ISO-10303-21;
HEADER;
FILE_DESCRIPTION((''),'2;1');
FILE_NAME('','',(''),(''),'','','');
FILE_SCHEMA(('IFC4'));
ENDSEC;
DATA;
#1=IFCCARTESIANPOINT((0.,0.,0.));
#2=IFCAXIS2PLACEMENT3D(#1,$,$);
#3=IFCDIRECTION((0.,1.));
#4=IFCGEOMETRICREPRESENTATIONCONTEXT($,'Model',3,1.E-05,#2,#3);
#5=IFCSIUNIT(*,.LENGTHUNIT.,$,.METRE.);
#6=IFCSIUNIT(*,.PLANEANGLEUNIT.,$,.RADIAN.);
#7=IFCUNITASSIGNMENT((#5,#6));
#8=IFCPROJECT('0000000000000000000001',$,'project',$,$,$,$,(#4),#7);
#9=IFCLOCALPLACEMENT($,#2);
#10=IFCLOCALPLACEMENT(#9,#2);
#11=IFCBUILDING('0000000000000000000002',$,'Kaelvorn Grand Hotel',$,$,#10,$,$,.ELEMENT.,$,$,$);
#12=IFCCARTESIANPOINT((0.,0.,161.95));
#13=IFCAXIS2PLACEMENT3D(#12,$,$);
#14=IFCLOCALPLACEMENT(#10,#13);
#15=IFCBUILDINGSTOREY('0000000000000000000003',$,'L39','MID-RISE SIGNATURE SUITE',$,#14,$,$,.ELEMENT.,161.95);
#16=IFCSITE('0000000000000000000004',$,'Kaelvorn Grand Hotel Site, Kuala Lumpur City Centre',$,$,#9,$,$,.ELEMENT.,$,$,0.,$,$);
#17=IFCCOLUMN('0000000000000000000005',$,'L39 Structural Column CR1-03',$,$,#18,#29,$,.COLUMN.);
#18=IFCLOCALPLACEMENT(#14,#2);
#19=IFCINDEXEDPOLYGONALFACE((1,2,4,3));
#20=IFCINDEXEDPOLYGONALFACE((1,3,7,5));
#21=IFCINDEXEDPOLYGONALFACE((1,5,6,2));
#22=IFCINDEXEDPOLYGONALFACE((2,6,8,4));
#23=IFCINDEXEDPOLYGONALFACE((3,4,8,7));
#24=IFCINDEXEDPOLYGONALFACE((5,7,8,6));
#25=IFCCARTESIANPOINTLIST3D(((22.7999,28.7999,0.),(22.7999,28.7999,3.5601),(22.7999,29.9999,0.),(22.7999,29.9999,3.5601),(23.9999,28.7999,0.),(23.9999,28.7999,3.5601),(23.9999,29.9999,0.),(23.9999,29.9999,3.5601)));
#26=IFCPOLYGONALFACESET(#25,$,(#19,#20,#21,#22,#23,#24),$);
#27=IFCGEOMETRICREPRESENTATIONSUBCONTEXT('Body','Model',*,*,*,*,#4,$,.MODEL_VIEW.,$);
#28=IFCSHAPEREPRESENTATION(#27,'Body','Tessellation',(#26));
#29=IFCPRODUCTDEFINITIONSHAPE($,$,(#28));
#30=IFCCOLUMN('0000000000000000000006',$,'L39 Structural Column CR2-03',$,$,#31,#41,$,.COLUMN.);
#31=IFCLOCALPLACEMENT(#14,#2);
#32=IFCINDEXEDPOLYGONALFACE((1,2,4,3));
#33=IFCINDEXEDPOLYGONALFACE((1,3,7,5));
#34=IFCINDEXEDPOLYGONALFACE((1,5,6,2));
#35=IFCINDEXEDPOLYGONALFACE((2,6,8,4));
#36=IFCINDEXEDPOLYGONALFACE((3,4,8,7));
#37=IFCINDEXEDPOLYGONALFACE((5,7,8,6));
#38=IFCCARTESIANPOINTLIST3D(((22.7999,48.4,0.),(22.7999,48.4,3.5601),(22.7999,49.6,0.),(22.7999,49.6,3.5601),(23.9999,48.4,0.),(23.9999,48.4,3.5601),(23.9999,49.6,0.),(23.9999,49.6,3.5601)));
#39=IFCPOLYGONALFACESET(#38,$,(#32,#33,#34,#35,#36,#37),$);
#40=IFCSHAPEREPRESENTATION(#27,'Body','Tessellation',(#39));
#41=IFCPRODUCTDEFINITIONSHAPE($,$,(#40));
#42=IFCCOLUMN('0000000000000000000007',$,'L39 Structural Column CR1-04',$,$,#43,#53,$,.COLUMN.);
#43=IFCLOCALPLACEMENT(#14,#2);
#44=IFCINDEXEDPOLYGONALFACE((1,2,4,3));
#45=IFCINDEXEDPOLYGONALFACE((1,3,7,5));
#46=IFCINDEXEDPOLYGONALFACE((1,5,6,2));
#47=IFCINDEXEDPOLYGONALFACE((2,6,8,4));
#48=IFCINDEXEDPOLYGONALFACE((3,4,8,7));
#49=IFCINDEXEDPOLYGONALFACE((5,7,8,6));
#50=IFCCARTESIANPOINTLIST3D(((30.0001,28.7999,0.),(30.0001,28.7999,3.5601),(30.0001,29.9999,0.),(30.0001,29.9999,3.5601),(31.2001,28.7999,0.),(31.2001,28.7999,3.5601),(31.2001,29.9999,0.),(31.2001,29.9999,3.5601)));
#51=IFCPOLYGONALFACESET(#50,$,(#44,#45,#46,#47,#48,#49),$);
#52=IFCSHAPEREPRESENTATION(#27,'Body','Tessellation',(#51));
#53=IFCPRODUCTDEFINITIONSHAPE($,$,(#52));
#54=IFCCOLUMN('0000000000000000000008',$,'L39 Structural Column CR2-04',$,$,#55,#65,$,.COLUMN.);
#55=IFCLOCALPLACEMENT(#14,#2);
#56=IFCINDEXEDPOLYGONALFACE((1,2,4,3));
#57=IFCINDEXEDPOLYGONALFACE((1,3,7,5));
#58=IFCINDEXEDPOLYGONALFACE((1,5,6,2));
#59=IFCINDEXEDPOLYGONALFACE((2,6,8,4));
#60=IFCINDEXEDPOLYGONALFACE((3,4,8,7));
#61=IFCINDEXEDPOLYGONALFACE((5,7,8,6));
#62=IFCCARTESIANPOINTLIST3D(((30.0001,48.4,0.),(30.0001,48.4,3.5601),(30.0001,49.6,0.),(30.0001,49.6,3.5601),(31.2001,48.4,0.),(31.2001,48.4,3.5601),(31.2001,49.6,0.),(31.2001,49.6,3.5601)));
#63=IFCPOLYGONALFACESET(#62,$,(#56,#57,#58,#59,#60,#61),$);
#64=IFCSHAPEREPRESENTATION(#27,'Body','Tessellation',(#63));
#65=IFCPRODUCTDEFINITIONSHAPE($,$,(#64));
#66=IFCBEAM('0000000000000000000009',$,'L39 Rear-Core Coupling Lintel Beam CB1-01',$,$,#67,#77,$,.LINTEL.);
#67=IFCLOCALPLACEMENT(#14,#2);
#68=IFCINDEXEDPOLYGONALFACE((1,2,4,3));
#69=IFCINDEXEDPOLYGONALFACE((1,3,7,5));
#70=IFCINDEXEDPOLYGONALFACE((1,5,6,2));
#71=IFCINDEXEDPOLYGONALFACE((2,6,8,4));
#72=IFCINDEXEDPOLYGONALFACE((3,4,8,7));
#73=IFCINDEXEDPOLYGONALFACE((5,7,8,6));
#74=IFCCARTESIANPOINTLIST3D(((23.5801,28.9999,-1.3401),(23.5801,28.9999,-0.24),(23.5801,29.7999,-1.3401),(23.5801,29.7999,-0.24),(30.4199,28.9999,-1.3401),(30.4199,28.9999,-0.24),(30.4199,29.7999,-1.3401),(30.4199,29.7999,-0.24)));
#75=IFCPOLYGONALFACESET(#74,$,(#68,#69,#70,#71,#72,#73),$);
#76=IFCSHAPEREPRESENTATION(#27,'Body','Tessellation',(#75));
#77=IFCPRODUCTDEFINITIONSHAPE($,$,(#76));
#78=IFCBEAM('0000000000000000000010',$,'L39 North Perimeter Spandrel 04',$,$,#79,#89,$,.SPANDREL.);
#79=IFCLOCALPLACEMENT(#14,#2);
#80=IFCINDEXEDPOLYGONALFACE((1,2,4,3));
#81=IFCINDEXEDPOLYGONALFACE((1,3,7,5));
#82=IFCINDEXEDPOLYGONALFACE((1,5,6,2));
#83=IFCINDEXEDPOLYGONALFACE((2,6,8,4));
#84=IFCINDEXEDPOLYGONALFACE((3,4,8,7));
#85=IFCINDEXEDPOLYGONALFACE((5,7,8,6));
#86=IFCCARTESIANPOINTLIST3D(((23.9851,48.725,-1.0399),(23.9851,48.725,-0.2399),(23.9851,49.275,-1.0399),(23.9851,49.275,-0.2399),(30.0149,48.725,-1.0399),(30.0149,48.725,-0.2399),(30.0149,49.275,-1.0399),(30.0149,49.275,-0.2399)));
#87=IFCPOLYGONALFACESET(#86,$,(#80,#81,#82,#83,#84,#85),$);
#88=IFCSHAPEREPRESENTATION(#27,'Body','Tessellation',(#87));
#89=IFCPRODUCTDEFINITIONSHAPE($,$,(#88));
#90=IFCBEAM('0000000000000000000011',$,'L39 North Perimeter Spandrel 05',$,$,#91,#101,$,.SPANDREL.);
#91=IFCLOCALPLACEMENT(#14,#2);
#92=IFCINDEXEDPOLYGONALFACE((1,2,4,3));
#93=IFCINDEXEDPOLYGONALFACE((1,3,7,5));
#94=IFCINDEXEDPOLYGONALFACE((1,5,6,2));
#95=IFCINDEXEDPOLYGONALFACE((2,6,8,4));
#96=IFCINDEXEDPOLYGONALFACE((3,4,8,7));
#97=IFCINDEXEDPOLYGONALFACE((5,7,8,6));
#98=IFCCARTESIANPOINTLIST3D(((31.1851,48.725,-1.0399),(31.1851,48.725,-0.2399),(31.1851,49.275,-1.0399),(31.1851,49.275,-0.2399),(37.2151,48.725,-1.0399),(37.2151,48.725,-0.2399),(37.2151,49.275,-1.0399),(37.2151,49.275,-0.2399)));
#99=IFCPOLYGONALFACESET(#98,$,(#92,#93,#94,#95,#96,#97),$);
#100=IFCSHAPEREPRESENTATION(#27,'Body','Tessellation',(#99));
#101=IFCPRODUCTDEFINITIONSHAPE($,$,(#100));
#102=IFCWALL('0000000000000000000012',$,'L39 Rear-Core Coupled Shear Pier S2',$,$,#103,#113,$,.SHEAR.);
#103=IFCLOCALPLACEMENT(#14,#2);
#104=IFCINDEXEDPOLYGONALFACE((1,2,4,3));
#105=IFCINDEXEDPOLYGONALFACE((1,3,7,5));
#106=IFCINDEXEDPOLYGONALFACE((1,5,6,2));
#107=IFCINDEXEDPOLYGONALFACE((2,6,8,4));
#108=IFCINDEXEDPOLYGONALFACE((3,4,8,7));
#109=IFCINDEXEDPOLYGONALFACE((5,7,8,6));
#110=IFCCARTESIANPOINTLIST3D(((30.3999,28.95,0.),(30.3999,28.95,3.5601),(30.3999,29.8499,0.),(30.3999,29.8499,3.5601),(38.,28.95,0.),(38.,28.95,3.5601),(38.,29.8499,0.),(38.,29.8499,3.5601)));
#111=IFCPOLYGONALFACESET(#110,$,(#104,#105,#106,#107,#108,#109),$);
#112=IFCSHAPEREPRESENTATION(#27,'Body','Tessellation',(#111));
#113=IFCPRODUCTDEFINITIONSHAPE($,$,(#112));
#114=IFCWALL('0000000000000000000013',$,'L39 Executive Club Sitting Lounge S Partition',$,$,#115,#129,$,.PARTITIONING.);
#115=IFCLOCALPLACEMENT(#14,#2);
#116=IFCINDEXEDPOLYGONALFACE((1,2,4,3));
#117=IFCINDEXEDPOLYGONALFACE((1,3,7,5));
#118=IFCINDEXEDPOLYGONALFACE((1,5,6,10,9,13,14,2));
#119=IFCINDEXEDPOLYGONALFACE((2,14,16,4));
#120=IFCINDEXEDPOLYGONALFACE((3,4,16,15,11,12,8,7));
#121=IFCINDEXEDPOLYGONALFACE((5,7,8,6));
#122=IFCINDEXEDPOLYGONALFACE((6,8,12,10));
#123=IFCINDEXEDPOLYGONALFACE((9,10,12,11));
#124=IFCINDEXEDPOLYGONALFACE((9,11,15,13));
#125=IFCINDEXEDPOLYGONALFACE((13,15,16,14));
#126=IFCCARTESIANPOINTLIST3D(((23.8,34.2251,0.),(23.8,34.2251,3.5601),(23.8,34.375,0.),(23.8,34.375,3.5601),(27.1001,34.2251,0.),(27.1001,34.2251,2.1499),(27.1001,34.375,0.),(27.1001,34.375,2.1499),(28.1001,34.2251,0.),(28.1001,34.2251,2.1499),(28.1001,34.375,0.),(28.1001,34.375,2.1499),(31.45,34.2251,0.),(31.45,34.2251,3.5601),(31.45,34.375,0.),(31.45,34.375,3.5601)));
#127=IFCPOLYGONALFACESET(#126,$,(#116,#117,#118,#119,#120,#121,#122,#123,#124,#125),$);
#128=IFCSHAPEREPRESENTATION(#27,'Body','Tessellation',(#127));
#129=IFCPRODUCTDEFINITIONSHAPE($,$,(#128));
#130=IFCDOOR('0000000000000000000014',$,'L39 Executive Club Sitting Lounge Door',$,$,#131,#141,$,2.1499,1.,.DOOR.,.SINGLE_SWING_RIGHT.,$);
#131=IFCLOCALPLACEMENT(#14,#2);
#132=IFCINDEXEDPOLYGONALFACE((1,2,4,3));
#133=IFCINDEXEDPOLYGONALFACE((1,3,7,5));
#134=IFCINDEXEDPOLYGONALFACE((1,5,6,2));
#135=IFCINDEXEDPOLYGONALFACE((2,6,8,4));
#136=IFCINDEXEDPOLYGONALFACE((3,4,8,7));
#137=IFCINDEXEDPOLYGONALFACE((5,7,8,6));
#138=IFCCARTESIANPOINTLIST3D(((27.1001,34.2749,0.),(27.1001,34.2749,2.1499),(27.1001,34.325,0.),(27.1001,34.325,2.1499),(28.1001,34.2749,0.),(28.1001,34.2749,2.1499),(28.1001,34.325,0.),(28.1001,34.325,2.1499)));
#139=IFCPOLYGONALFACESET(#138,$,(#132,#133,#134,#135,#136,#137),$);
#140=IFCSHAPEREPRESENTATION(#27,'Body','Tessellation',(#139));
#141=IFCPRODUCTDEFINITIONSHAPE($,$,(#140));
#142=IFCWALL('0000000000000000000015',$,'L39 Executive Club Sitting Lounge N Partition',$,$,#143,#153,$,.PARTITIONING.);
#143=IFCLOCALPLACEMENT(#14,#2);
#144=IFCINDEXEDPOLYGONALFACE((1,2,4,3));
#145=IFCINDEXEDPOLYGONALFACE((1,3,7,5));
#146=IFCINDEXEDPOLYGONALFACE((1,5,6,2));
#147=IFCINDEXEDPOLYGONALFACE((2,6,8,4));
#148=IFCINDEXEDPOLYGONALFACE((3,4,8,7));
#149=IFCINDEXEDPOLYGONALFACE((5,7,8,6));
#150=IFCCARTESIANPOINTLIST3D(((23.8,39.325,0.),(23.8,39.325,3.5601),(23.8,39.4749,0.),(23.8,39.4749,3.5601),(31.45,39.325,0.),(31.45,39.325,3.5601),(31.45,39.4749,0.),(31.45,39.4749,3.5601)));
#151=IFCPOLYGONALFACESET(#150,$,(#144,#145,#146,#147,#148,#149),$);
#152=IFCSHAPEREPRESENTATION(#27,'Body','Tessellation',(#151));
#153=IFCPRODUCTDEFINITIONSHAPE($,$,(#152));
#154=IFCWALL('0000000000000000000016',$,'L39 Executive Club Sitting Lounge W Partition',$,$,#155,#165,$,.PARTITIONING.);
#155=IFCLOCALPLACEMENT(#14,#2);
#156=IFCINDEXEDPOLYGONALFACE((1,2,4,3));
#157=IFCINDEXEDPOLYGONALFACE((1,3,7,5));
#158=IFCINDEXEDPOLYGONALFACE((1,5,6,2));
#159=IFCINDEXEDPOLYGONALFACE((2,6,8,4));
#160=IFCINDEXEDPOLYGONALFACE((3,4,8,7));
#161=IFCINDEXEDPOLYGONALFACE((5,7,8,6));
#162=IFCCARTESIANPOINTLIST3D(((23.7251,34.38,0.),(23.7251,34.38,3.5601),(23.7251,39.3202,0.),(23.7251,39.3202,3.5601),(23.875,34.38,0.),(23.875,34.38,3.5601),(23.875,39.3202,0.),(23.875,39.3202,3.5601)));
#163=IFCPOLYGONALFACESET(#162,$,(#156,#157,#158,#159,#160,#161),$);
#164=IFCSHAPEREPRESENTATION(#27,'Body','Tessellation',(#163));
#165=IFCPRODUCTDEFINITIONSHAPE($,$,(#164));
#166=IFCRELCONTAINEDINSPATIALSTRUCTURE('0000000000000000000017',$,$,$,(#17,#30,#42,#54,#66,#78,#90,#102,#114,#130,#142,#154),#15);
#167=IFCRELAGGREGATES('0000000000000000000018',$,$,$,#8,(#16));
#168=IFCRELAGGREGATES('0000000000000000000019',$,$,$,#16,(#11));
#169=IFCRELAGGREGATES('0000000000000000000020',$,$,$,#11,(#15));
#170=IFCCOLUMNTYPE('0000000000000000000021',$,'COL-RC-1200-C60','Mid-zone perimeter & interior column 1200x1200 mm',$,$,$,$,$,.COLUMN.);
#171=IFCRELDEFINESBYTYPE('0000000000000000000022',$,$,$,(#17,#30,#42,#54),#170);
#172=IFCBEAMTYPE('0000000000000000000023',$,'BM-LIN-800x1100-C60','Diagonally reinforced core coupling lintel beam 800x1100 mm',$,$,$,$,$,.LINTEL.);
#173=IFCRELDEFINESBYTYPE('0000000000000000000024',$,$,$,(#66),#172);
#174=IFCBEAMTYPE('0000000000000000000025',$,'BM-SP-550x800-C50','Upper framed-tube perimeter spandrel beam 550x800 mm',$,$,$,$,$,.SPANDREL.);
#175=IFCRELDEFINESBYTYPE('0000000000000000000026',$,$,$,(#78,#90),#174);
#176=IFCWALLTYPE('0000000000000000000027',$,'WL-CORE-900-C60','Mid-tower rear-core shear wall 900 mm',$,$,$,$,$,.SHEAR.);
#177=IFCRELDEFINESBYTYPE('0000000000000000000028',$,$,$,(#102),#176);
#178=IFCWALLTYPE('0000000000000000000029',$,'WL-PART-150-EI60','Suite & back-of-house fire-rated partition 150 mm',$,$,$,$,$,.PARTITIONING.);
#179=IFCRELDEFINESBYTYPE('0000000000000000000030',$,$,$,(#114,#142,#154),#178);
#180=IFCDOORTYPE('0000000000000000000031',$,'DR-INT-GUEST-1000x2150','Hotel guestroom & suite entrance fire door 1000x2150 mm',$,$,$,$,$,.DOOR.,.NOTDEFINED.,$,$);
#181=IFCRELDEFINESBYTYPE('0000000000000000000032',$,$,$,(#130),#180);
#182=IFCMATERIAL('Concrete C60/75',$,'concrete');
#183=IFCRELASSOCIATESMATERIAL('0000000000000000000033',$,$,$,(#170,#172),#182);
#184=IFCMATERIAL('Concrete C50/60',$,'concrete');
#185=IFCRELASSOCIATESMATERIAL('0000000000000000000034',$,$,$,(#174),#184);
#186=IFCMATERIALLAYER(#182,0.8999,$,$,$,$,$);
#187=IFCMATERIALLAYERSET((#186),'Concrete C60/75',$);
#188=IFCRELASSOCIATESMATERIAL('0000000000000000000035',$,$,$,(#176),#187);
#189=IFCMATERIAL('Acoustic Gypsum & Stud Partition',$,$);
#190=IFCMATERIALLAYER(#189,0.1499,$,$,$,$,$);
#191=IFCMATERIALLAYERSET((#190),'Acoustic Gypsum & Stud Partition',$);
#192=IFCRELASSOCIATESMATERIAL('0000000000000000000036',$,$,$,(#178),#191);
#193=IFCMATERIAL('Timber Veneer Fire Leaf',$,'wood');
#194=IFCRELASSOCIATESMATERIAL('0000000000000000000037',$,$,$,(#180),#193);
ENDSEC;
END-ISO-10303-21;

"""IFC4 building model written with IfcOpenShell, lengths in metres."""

from ifc_helpers import new_model, si_unit, direction, frame, frame_2d, origin, origin_2d, place, context, subcontext, project, spatial, rectangle, extrude, material, layer, layer_set, material_profile, profile_set, type_object, element, fill, save


model = new_model("IFC4")

# Units and contexts
model_context = context("Model", 3, precision=1e-05, world=origin(), true_north=direction((0.0, 1.0)))
body_context = subcontext(model_context, "Body", "Model", "MODEL_VIEW")
ifc_project = project(units=[si_unit("LENGTHUNIT", "METRE"), si_unit("PLANEANGLEUNIT", "RADIAN")], contexts=[model_context])

# Site, building, storey
site_placement = place(None, origin())
site = spatial("IfcSite", under=ifc_project, at=site_placement, Name="Kaelvorn Grand Hotel Site, Kuala Lumpur City Centre", CompositionType="ELEMENT", RefElevation=0.0)
building_placement = place(site_placement, origin())
building = spatial("IfcBuilding", under=site, at=building_placement, Name="Kaelvorn Grand Hotel", CompositionType="ELEMENT")
storey_placement = place(building_placement, frame((0.0, 0.0, 161.95)))
storey = spatial("IfcBuildingStorey", under=building, at=storey_placement, Name="L39", Description="MID-RISE SIGNATURE SUITE", CompositionType="ELEMENT", Elevation=161.95)

# Columns
ifc_material_1 = material(Name="Concrete C60/75", Category="concrete")
ifc_material_profile_1 = material_profile(ifc_material_1, rectangle(XDim=1.2, YDim=1.2, at=origin_2d()), Name="RC COL 1200x1200")
ifc_profile_set_1 = profile_set([ifc_material_profile_1], Name="Concrete C60/75")
column_type = type_object("IfcColumnType", Name="COL-RC-1200-C60", Description="Mid-zone perimeter & interior column 1200x1200 mm", PredefinedType="COLUMN", material=ifc_profile_set_1)
for number, where, z_axis, x_axis, name in (
    (1, (23.3999, 29.3999, 0.0), (0.0, 0.0, 1.0), (1.0, 0.0, 0.0), "L39 Structural Column CR1-03"),
    (2, (23.3999, 49.0, 0.0), (0.0, 0.0, 1.0), (1.0, 0.0, 0.0), "L39 Structural Column CR2-03"),
    (3, (30.6001, 29.3999, 0.0), (0.0, 0.0, 1.0), (1.0, 0.0, 0.0), "L39 Structural Column CR1-04"),
    (4, (30.6001, 49.0, 0.0), (0.0, 0.0, 1.0), (1.0, 0.0, 0.0), "L39 Structural Column CR2-04"),
):
    element("IfcColumn", number, at=place(storey_placement, frame(where, z_axis=z_axis, x_axis=x_axis)), inside=storey, type_object=column_type, Name=name, PredefinedType="COLUMN", context=body_context, shape_type="SweptSolid", body=[
        extrude(rectangle(XDim=1.2, YDim=1.2, at=origin_2d()), origin(), (0.0, 0.0, 1.0), 3.5601),
    ])

# Beams
ifc_material_profile_2 = material_profile(ifc_material_1, rectangle(XDim=0.8, YDim=1.1001, at=origin_2d()), Name="RC LINTEL 800x1100")
ifc_profile_set_2 = profile_set([ifc_material_profile_2], Name="Concrete C60/75")
beam_type_1 = type_object("IfcBeamType", Name="BM-LIN-800x1100-C60", Description="Diagonally reinforced core coupling lintel beam 800x1100 mm", PredefinedType="LINTEL", material=ifc_profile_set_2)
beam_1_placement = place(storey_placement, frame((23.5801, 29.3999, -0.79), z_axis=(1.0, 0.0, 0.0), x_axis=(0.0, 1.0, 0.0)))
element("IfcBeam", 5, at=beam_1_placement, inside=storey, type_object=beam_type_1, Name="L39 Rear-Core Coupling Lintel Beam CB1-01", PredefinedType="LINTEL", context=body_context, shape_type="SweptSolid", body=[
    extrude(rectangle(XDim=0.8, YDim=1.1001, at=origin_2d()), origin(), (0.0, 0.0, 1.0), 6.8398),
])
ifc_material_2 = material(Name="Concrete C50/60", Category="concrete")
ifc_material_profile_3 = material_profile(ifc_material_2, rectangle(XDim=0.55, YDim=0.8, at=origin_2d()), Name="RC SPANDREL 550x800")
ifc_profile_set_3 = profile_set([ifc_material_profile_3], Name="Concrete C50/60")
beam_type_2 = type_object("IfcBeamType", Name="BM-SP-550x800-C50", Description="Upper framed-tube perimeter spandrel beam 550x800 mm", PredefinedType="SPANDREL", material=ifc_profile_set_3)
beam_2_placement = place(storey_placement, frame((23.9851, 49.0, -0.6399), z_axis=(1.0, 0.0, 0.0), x_axis=(0.0, 1.0, 0.0)))
element("IfcBeam", 6, at=beam_2_placement, inside=storey, type_object=beam_type_2, Name="L39 North Perimeter Spandrel 04", PredefinedType="SPANDREL", context=body_context, shape_type="SweptSolid", body=[
    extrude(rectangle(XDim=0.55, YDim=0.8, at=origin_2d()), origin(), (0.0, 0.0, 1.0), 6.0298),
])
beam_3_placement = place(storey_placement, frame((31.1851, 49.0, -0.6399), z_axis=(1.0, 0.0, 0.0), x_axis=(0.0, 1.0, 0.0)))
element("IfcBeam", 7, at=beam_3_placement, inside=storey, type_object=beam_type_2, Name="L39 North Perimeter Spandrel 05", PredefinedType="SPANDREL", context=body_context, shape_type="SweptSolid", body=[
    extrude(rectangle(XDim=0.55, YDim=0.8, at=origin_2d()), origin(), (0.0, 0.0, 1.0), 6.03),
])

# Wall
ifc_layer_1 = layer(ifc_material_1, 0.8999)
ifc_layer_set_1 = layer_set([ifc_layer_1], Name="Concrete C60/75")
wall_type_1 = type_object("IfcWallType", Name="WL-CORE-900-C60", Description="Mid-tower rear-core shear wall 900 mm", PredefinedType="SHEAR", material=ifc_layer_set_1)
wall_1_placement = place(storey_placement, frame((30.3999, 29.3999, 0.0), z_axis=(0.0, 0.0, 1.0), x_axis=(1.0, 0.0, 0.0)))
element("IfcWall", 8, at=wall_1_placement, inside=storey, type_object=wall_type_1, Name="L39 Rear-Core Coupled Shear Pier S2", PredefinedType="SHEAR", context=body_context, shape_type="SweptSolid", body=[
    extrude(rectangle(XDim=7.6001, YDim=0.8999, at=frame_2d((3.8, 0.0))), origin(), (0.0, 0.0, 1.0), 3.5601),
])

# Wall, opening, door
ifc_material_3 = material(Name="Acoustic Gypsum & Stud Partition")
ifc_layer_2 = layer(ifc_material_3, 0.1499)
ifc_layer_set_2 = layer_set([ifc_layer_2], Name="Acoustic Gypsum & Stud Partition")
wall_type_2 = type_object("IfcWallType", Name="WL-PART-150-EI60", Description="Suite & back-of-house fire-rated partition 150 mm", PredefinedType="PARTITIONING", material=ifc_layer_set_2)
wall_2_placement = place(storey_placement, frame((23.8, 34.3, 0.0), z_axis=(0.0, 0.0, 1.0), x_axis=(1.0, 0.0, 0.0)))
wall_2 = element("IfcWall", 9, at=wall_2_placement, inside=storey, type_object=wall_type_2, Name="L39 Executive Club Sitting Lounge S Partition", PredefinedType="PARTITIONING", context=body_context, shape_type="SweptSolid", body=[
    extrude(rectangle(XDim=7.6499, YDim=0.1499, at=frame_2d((3.825, 0.0))), origin(), (0.0, 0.0, 1.0), 3.5601),
])
opening_1_placement = place(wall_2_placement, frame((3.3, 0.0, 0.0)))
opening_1 = element("IfcOpeningElement", 10, at=opening_1_placement, cuts=wall_2, PredefinedType="OPENING", context=body_context, shape_type="SweptSolid", body=[
    extrude(rectangle(XDim=1.0, YDim=2.1499, at=frame_2d((0.5, 1.075))), frame((0.0, 0.085, 0.0), z_axis=(0.0, -1.0, 0.0), x_axis=(1.0, 0.0, 0.0)), (0.0, 0.0, 1.0), 0.1699),
])
ifc_material_4 = material(Name="Timber Veneer Fire Leaf", Category="wood")
door_type_1 = type_object("IfcDoorType", Name="DR-INT-GUEST-1000x2150", Description="Hotel guestroom & suite entrance fire door 1000x2150 mm", OperationType="NOTDEFINED", PredefinedType="DOOR", material=ifc_material_4)
door_1_placement = place(opening_1_placement, origin())
door_1 = element("IfcDoor", 11, at=door_1_placement, inside=storey, type_object=door_type_1, Name="L39 Executive Club Sitting Lounge Door", OperationType="SINGLE_SWING_RIGHT", OverallHeight=2.1499, OverallWidth=1.0, PredefinedType="DOOR", context=body_context, shape_type="SweptSolid", body=[
    extrude(rectangle(XDim=1.0, YDim=2.1499, at=frame_2d((0.5, 1.075))), frame((0.0, 0.0249, 0.0), z_axis=(0.0, -1.0, 0.0), x_axis=(1.0, 0.0, 0.0)), (0.0, 0.0, 1.0), 0.05),
])
fill(opening_1, door_1)

# Walls
wall_3_placement = place(storey_placement, frame((23.8, 39.3999, 0.0), z_axis=(0.0, 0.0, 1.0), x_axis=(1.0, 0.0, 0.0)))
element("IfcWall", 12, at=wall_3_placement, inside=storey, type_object=wall_type_2, Name="L39 Executive Club Sitting Lounge N Partition", PredefinedType="PARTITIONING", context=body_context, shape_type="SweptSolid", body=[
    extrude(rectangle(XDim=7.6499, YDim=0.1499, at=frame_2d((3.825, 0.0))), origin(), (0.0, 0.0, 1.0), 3.5601),
])
wall_4_placement = place(storey_placement, frame((23.8, 34.3799, 0.0), z_axis=(0.0, 0.0, 1.0), x_axis=(0.0, 1.0, 0.0)))
element("IfcWall", 13, at=wall_4_placement, inside=storey, type_object=wall_type_2, Name="L39 Executive Club Sitting Lounge W Partition", PredefinedType="PARTITIONING", context=body_context, shape_type="SweptSolid", body=[
    extrude(rectangle(XDim=4.9402, YDim=0.1499, at=frame_2d((2.4702, 0.0))), origin(), (0.0, 0.0, 1.0), 3.5601),
])

save(model, "model.ifc")
